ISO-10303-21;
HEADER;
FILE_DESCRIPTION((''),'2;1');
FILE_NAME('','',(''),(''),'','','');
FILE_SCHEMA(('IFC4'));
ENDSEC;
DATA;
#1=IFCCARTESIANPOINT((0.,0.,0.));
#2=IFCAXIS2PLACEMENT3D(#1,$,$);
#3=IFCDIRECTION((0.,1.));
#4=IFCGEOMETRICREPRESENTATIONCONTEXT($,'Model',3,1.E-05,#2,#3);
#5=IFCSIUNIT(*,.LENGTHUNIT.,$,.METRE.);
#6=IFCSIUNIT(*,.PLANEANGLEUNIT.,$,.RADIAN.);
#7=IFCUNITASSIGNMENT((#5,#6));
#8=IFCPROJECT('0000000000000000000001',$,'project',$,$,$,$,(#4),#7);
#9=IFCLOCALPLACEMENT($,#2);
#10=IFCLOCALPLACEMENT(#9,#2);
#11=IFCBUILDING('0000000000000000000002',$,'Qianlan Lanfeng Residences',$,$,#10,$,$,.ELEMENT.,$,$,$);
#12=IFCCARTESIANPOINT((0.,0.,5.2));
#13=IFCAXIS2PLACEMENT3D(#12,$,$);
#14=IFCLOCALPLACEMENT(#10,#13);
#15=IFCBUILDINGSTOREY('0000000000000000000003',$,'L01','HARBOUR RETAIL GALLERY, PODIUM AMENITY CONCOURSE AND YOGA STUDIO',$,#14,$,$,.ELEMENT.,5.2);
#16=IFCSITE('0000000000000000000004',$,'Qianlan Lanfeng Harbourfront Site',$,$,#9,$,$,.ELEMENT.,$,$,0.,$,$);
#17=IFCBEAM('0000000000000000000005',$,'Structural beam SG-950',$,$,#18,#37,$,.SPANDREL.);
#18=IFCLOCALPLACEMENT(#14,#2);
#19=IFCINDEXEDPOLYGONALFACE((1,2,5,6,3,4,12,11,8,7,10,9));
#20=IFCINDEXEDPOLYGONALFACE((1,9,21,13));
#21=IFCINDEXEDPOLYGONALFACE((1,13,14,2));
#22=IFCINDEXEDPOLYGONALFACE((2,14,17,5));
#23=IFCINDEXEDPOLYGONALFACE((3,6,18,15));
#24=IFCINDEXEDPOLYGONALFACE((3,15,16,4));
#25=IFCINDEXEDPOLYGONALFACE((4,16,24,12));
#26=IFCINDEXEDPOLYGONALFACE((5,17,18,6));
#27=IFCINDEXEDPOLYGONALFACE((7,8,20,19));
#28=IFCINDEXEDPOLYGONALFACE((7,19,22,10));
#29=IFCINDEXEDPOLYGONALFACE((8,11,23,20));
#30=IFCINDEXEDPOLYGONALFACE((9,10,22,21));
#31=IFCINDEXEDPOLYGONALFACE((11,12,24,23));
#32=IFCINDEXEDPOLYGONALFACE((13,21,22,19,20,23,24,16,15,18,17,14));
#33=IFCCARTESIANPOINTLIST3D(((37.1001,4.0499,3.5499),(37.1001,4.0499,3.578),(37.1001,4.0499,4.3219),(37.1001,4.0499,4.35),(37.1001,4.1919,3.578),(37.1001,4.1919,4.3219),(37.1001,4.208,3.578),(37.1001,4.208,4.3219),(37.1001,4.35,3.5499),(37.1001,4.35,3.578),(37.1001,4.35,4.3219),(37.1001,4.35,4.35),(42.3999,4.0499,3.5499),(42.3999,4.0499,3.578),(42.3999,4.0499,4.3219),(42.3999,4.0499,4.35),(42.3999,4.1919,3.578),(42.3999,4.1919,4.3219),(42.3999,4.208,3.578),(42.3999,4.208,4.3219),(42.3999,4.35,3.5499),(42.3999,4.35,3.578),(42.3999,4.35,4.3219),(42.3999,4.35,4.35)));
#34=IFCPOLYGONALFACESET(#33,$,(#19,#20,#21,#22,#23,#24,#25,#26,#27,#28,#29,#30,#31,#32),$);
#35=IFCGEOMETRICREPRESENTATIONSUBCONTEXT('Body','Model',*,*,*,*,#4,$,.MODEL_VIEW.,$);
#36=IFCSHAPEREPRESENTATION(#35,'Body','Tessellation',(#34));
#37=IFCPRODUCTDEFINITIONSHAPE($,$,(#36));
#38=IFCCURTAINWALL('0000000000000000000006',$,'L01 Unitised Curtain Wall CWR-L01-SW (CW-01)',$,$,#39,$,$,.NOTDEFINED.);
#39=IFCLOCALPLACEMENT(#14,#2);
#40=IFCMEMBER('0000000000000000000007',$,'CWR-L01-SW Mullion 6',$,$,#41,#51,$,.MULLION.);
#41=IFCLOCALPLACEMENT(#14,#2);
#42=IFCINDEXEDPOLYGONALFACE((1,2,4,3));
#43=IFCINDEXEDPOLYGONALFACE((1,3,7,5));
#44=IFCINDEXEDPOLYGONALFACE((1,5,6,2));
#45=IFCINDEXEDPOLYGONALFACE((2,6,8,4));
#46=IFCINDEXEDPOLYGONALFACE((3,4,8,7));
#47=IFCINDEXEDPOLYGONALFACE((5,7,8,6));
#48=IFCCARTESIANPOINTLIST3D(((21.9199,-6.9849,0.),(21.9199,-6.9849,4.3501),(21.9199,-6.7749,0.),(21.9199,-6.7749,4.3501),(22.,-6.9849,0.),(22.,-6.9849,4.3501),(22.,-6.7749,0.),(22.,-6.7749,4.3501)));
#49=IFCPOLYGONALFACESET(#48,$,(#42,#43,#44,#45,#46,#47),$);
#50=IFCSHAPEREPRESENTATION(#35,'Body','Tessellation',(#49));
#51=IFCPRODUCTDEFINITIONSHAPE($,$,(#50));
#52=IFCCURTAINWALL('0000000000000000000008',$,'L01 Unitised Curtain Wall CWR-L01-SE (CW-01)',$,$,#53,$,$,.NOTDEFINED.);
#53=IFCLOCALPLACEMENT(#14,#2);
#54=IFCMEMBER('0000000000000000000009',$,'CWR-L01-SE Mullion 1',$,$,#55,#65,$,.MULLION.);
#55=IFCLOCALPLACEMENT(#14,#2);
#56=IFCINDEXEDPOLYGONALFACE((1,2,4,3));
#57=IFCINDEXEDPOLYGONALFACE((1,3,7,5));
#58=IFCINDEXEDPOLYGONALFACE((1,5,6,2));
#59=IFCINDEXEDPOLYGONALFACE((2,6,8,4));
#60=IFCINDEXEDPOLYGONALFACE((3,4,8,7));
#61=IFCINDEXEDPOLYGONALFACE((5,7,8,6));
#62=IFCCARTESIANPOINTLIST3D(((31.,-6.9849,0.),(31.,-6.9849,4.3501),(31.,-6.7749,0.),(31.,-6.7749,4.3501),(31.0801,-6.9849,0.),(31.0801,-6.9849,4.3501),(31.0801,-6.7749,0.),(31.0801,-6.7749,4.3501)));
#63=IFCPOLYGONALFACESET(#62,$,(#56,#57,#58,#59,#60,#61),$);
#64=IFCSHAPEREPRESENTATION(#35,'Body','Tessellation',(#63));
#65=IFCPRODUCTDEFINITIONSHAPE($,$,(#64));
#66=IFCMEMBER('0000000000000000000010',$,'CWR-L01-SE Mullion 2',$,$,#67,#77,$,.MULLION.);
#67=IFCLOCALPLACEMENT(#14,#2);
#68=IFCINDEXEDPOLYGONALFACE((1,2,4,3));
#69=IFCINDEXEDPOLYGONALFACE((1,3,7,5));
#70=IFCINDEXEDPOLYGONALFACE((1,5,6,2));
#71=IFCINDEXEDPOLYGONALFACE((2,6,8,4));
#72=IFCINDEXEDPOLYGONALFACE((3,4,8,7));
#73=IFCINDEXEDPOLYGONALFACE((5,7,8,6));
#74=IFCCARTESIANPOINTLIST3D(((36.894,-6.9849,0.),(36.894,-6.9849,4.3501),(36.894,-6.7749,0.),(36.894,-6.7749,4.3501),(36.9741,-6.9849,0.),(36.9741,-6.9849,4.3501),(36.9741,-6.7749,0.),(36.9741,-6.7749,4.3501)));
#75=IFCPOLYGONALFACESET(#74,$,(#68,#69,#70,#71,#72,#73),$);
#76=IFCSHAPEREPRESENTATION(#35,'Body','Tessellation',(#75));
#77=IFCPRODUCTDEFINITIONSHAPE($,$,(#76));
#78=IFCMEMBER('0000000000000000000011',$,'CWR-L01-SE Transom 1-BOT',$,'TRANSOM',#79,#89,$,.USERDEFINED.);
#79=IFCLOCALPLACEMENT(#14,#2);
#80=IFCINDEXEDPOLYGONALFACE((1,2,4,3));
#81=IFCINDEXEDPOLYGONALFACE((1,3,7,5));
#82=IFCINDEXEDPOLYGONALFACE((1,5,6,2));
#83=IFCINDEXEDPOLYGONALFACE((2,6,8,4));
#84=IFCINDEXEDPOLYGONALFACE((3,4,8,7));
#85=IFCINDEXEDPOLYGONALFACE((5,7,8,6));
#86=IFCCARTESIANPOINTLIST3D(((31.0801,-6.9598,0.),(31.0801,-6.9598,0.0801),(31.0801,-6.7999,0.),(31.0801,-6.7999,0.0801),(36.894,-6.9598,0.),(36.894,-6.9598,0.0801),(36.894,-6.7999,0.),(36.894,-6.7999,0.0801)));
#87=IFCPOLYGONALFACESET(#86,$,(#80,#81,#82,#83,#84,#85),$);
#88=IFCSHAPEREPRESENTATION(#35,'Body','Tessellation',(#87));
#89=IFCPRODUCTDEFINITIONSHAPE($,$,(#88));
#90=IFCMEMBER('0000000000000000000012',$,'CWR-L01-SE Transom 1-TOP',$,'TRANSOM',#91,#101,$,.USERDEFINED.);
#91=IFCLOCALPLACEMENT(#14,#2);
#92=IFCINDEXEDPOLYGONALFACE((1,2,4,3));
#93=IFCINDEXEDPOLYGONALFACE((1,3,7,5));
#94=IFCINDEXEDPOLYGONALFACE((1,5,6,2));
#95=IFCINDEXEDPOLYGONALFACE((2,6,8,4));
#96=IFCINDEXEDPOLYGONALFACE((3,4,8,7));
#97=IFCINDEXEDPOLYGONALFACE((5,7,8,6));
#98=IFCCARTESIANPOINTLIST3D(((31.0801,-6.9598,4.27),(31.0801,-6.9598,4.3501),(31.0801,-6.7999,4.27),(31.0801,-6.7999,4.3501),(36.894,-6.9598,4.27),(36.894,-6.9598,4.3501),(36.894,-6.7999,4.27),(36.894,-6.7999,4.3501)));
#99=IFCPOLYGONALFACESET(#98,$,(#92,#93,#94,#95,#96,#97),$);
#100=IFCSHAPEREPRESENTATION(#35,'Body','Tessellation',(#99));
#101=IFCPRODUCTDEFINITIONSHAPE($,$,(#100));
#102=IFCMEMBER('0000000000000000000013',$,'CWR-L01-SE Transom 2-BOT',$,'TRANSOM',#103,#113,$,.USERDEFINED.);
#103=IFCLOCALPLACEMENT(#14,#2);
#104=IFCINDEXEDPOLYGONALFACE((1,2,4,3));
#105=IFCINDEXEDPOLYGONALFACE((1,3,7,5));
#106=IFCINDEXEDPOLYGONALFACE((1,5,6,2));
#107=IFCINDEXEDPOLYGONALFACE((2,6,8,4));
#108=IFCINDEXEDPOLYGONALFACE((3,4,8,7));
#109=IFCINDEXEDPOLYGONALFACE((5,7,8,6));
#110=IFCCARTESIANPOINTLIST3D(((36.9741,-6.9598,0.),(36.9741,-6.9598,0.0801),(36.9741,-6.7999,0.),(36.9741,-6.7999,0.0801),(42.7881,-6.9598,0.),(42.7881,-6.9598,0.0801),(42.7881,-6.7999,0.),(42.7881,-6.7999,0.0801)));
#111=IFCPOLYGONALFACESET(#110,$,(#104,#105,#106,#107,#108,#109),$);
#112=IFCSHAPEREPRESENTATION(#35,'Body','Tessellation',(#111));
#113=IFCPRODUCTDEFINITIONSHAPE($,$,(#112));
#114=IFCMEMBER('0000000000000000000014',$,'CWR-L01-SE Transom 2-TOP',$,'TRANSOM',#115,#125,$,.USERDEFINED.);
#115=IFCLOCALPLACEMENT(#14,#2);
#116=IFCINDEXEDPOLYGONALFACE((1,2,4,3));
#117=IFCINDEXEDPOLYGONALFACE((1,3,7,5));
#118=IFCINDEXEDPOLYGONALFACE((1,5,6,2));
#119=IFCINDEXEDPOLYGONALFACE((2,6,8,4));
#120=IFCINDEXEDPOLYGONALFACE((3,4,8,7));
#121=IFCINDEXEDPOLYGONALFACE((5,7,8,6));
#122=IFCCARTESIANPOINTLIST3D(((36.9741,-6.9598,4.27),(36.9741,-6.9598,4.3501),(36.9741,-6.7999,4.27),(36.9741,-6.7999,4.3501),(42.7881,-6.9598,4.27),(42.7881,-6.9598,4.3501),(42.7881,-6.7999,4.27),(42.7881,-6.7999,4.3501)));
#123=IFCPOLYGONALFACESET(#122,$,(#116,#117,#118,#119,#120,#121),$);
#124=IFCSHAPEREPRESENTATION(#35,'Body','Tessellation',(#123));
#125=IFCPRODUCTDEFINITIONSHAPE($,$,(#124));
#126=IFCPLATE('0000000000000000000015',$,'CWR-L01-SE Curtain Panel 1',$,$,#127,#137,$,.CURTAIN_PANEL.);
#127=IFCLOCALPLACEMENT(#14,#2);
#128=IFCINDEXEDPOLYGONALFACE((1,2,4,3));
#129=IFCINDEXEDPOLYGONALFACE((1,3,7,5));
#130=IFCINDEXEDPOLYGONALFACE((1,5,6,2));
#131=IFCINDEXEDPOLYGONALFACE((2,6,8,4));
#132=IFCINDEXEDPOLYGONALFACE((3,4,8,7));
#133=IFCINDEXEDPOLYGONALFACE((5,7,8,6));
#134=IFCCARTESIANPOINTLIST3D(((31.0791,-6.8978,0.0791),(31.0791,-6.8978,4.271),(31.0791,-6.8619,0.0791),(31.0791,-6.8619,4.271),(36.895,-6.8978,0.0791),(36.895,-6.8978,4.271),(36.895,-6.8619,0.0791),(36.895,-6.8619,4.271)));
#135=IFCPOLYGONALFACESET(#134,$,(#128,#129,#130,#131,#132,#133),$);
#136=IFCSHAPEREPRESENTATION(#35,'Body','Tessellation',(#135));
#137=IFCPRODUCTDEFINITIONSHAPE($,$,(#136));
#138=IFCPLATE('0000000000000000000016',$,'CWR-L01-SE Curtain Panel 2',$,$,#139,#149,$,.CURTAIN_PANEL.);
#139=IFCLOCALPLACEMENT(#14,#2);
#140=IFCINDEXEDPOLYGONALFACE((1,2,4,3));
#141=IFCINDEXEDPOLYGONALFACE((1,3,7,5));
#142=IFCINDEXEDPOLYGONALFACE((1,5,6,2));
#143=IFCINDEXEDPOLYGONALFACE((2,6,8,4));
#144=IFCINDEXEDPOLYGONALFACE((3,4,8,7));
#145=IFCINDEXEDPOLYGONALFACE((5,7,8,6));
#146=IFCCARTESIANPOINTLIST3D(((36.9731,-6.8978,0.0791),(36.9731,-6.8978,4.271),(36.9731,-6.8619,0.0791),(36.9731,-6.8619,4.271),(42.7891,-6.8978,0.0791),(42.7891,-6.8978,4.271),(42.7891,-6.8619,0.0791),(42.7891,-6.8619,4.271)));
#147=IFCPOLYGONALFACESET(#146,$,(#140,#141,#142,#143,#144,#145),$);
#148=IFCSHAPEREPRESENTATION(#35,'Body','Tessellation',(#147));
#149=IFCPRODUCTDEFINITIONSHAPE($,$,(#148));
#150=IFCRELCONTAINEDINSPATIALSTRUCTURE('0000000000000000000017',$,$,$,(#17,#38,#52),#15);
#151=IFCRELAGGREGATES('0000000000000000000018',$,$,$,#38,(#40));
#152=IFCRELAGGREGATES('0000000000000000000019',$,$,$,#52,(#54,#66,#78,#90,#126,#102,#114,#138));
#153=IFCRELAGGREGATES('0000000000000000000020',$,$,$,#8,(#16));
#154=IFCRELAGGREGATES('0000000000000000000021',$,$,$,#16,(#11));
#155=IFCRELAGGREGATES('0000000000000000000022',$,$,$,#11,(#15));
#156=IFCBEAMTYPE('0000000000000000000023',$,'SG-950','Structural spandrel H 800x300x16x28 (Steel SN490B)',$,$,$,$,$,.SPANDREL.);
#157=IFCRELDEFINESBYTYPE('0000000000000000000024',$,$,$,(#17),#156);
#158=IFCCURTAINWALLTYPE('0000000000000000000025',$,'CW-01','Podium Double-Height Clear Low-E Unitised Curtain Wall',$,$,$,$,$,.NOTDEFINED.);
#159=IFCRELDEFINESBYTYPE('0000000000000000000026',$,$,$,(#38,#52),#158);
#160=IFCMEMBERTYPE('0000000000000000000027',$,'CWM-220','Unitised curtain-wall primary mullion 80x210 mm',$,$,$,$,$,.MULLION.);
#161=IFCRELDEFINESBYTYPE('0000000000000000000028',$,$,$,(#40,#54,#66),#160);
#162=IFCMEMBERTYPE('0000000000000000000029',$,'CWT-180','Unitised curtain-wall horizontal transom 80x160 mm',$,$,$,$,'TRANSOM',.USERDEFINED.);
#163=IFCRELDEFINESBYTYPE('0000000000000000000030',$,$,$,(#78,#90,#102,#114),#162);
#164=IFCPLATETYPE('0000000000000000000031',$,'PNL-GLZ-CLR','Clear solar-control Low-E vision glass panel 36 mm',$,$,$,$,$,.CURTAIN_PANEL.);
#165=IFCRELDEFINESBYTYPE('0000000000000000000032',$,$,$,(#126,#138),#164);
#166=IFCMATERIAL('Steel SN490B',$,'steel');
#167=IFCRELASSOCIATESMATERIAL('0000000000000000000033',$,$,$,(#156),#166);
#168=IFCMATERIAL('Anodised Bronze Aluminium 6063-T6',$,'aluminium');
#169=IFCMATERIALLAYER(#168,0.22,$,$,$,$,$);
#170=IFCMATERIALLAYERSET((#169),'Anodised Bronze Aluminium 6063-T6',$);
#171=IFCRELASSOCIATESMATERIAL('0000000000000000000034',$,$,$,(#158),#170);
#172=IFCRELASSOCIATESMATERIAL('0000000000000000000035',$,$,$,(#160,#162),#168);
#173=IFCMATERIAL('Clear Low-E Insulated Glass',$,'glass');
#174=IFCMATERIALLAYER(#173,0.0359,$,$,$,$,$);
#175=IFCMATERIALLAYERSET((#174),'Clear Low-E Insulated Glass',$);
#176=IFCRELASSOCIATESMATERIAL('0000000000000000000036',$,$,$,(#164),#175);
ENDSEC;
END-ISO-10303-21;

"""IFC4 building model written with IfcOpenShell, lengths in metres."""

from ifc_helpers import new_model, si_unit, direction, frame, origin, origin_2d, place, context, subcontext, project, spatial, rectangle, i_section, extrude, source, transform, mapped, material, layer, layer_set, material_profile, profile_set, type_object, element, aggregate, save


model = new_model("IFC4")

# Units and contexts
model_context = context("Model", 3, precision=1e-05, world=origin(), true_north=direction((0.0, 1.0)))
body_context = subcontext(model_context, "Body", "Model", "MODEL_VIEW")
ifc_project = project(units=[si_unit("LENGTHUNIT", "METRE"), si_unit("PLANEANGLEUNIT", "RADIAN")], contexts=[model_context])

# Site, building, storey
site_placement = place(None, origin())
site = spatial("IfcSite", under=ifc_project, at=site_placement, Name="Qianlan Lanfeng Harbourfront Site", CompositionType="ELEMENT", RefElevation=0.0)
building_placement = place(site_placement, origin())
building = spatial("IfcBuilding", under=site, at=building_placement, Name="Qianlan Lanfeng Residences", CompositionType="ELEMENT")
storey_placement = place(building_placement, frame((0.0, 0.0, 5.2)))
storey = spatial("IfcBuildingStorey", under=building, at=storey_placement, Name="L01", Description="HARBOUR RETAIL GALLERY, PODIUM AMENITY CONCOURSE AND YOGA STUDIO", CompositionType="ELEMENT", Elevation=5.2)

# Beam
ifc_material_1 = material(Name="Steel SN490B", Category="steel")
ifc_material_profile_1 = material_profile(ifc_material_1, i_section(OverallWidth=0.3, OverallDepth=0.8, WebThickness=0.0161, FlangeThickness=0.0281, at=origin_2d()), Name="H 800x300x16x28")
ifc_profile_set_1 = profile_set([ifc_material_profile_1], Name="Steel SN490B")
beam_type_1 = type_object("IfcBeamType", Name="SG-950", Description="Structural spandrel H 800x300x16x28 (Steel SN490B)", PredefinedType="SPANDREL", material=ifc_profile_set_1)
beam_1_placement = place(storey_placement, frame((37.1001, 4.2, 3.95), z_axis=(1.0, 0.0, 0.0), x_axis=(0.0, 1.0, 0.0)))
element("IfcBeam", 1, at=beam_1_placement, inside=storey, type_object=beam_type_1, Name="Structural beam SG-950", PredefinedType="SPANDREL", context=body_context, shape_type="SweptSolid", body=[
    extrude(i_section(OverallWidth=0.3, OverallDepth=0.8, WebThickness=0.0161, FlangeThickness=0.0281, at=origin_2d()), origin(), (0.0, 0.0, 1.0), 5.2998),
])

# Curtain wall, member
ifc_material_2 = material(Name="Anodised Bronze Aluminium 6063-T6", Category="aluminium")
ifc_layer_1 = layer(ifc_material_2, 0.22)
ifc_layer_set_1 = layer_set([ifc_layer_1], Name="Anodised Bronze Aluminium 6063-T6")
curtain_wall_type = type_object("IfcCurtainWallType", Name="CW-01", Description="Podium Double-Height Clear Low-E Unitised Curtain Wall", PredefinedType="NOTDEFINED", material=ifc_layer_set_1)
curtain_wall_1_placement = place(storey_placement, origin())
curtain_wall_1 = element("IfcCurtainWall", 2, at=curtain_wall_1_placement, inside=storey, type_object=curtain_wall_type, Name="L01 Unitised Curtain Wall CWR-L01-SW (CW-01)", PredefinedType="NOTDEFINED")
ifc_material_profile_2 = material_profile(ifc_material_2, rectangle(XDim=0.0801, YDim=0.21, at=origin_2d()), Name="ALU MULLION 80x210")
ifc_profile_set_2 = profile_set([ifc_material_profile_2], Name="Anodised Bronze Aluminium 6063-T6")
member_type_1 = type_object("IfcMemberType", Name="CWM-220", Description="Unitised curtain-wall primary mullion 80x210 mm", PredefinedType="MULLION", material=ifc_profile_set_2)
shared_shape_1 = source(origin(), body_context, "Body", "SweptSolid", [
    extrude(rectangle(XDim=0.0801, YDim=0.21, at=origin_2d()), origin(), (0.0, 0.0, 1.0), 4.3501),
])
member_1_placement = place(storey_placement, frame((21.96, -6.8799, 0.0), z_axis=(0.0, 0.0, 1.0), x_axis=(1.0, 0.0, 0.0)))
member_1 = element("IfcMember", 3, at=member_1_placement, type_object=member_type_1, Name="CWR-L01-SW Mullion 6", PredefinedType="MULLION", context=body_context, shape_type="MappedRepresentation", body=[
    mapped(shared_shape_1, transform((0.0, 0.0, 0.0), scale=1.0)),
])
aggregate(curtain_wall_1, [member_1])

# Curtain wall, members, plates
curtain_wall_2_placement = place(storey_placement, origin())
curtain_wall_2 = element("IfcCurtainWall", 4, at=curtain_wall_2_placement, inside=storey, type_object=curtain_wall_type, Name="L01 Unitised Curtain Wall CWR-L01-SE (CW-01)", PredefinedType="NOTDEFINED")
member_2_placement = place(storey_placement, frame((31.04, -6.8799, 0.0), z_axis=(0.0, 0.0, 1.0), x_axis=(1.0, 0.0, 0.0)))
member_2 = element("IfcMember", 5, at=member_2_placement, type_object=member_type_1, Name="CWR-L01-SE Mullion 1", PredefinedType="MULLION", context=body_context, shape_type="MappedRepresentation", body=[
    mapped(shared_shape_1, transform((0.0, 0.0, 0.0), scale=1.0)),
])
member_3_placement = place(storey_placement, frame((36.9341, -6.8799, 0.0), z_axis=(0.0, 0.0, 1.0), x_axis=(1.0, 0.0, 0.0)))
member_3 = element("IfcMember", 6, at=member_3_placement, type_object=member_type_1, Name="CWR-L01-SE Mullion 2", PredefinedType="MULLION", context=body_context, shape_type="MappedRepresentation", body=[
    mapped(shared_shape_1, transform((0.0, 0.0, 0.0), scale=1.0)),
])
ifc_material_profile_3 = material_profile(ifc_material_2, rectangle(XDim=0.0801, YDim=0.1599, at=origin_2d()), Name="ALU TRANSOM 80x160")
ifc_profile_set_3 = profile_set([ifc_material_profile_3], Name="Anodised Bronze Aluminium 6063-T6")
member_type_2 = type_object("IfcMemberType", Name="CWT-180", Description="Unitised curtain-wall horizontal transom 80x160 mm", ElementType="TRANSOM", PredefinedType="USERDEFINED", material=ifc_profile_set_3)
shared_shape_2 = source(origin(), body_context, "Body", "SweptSolid", [
    extrude(rectangle(XDim=0.0801, YDim=0.1599, at=origin_2d()), origin(), (0.0, 0.0, 1.0), 5.814),
])
member_4_placement = place(storey_placement, frame((31.0801, -6.8799, 0.04), z_axis=(1.0, 0.0, 0.0), x_axis=(0.0, 0.0, 1.0)))
member_4 = element("IfcMember", 7, at=member_4_placement, type_object=member_type_2, Name="CWR-L01-SE Transom 1-BOT", ObjectType="TRANSOM", PredefinedType="USERDEFINED", context=body_context, shape_type="MappedRepresentation", body=[
    mapped(shared_shape_2, transform((0.0, 0.0, 0.0), scale=1.0)),
])
member_5_placement = place(storey_placement, frame((31.0801, -6.8799, 4.3101), z_axis=(1.0, 0.0, 0.0), x_axis=(0.0, 0.0, 1.0)))
member_5 = element("IfcMember", 8, at=member_5_placement, type_object=member_type_2, Name="CWR-L01-SE Transom 1-TOP", ObjectType="TRANSOM", PredefinedType="USERDEFINED", context=body_context, shape_type="MappedRepresentation", body=[
    mapped(shared_shape_2, transform((0.0, 0.0, 0.0), scale=1.0)),
])
member_6_placement = place(storey_placement, frame((36.9741, -6.8799, 0.04), z_axis=(1.0, 0.0, 0.0), x_axis=(0.0, 0.0, 1.0)))
member_6 = element("IfcMember", 9, at=member_6_placement, type_object=member_type_2, Name="CWR-L01-SE Transom 2-BOT", ObjectType="TRANSOM", PredefinedType="USERDEFINED", context=body_context, shape_type="MappedRepresentation", body=[
    mapped(shared_shape_2, transform((0.0, 0.0, 0.0), scale=1.0)),
])
member_7_placement = place(storey_placement, frame((36.9741, -6.8799, 4.3101), z_axis=(1.0, 0.0, 0.0), x_axis=(0.0, 0.0, 1.0)))
member_7 = element("IfcMember", 10, at=member_7_placement, type_object=member_type_2, Name="CWR-L01-SE Transom 2-TOP", ObjectType="TRANSOM", PredefinedType="USERDEFINED", context=body_context, shape_type="MappedRepresentation", body=[
    mapped(shared_shape_2, transform((0.0, 0.0, 0.0), scale=1.0)),
])
ifc_material_3 = material(Name="Clear Low-E Insulated Glass", Category="glass")
ifc_layer_2 = layer(ifc_material_3, 0.0359)
ifc_layer_set_2 = layer_set([ifc_layer_2], Name="Clear Low-E Insulated Glass")
plate_type = type_object("IfcPlateType", Name="PNL-GLZ-CLR", Description="Clear solar-control Low-E vision glass panel 36 mm", PredefinedType="CURTAIN_PANEL", material=ifc_layer_set_2)
shared_shape_3 = source(origin(), body_context, "Body", "SweptSolid", [
    extrude(rectangle(XDim=5.8159, YDim=0.0359, at=origin_2d()), origin(), (0.0, 0.0, 1.0), 4.1919),
])
plate_1_placement = place(storey_placement, frame((33.9871, -6.8799, 0.0791), z_axis=(0.0, 0.0, 1.0), x_axis=(1.0, 0.0, 0.0)))
plate_1 = element("IfcPlate", 11, at=plate_1_placement, type_object=plate_type, Name="CWR-L01-SE Curtain Panel 1", PredefinedType="CURTAIN_PANEL", context=body_context, shape_type="MappedRepresentation", body=[
    mapped(shared_shape_3, transform((0.0, 0.0, 0.0), scale=1.0)),
])
plate_2_placement = place(storey_placement, frame((39.8811, -6.8799, 0.0791), z_axis=(0.0, 0.0, 1.0), x_axis=(1.0, 0.0, 0.0)))
plate_2 = element("IfcPlate", 12, at=plate_2_placement, type_object=plate_type, Name="CWR-L01-SE Curtain Panel 2", PredefinedType="CURTAIN_PANEL", context=body_context, shape_type="MappedRepresentation", body=[
    mapped(shared_shape_3, transform((0.0, 0.0, 0.0), scale=1.0)),
])
aggregate(curtain_wall_2, [member_2, member_3, member_4, member_5, plate_1, member_6, member_7, plate_2])

save(model, "model.ifc")
